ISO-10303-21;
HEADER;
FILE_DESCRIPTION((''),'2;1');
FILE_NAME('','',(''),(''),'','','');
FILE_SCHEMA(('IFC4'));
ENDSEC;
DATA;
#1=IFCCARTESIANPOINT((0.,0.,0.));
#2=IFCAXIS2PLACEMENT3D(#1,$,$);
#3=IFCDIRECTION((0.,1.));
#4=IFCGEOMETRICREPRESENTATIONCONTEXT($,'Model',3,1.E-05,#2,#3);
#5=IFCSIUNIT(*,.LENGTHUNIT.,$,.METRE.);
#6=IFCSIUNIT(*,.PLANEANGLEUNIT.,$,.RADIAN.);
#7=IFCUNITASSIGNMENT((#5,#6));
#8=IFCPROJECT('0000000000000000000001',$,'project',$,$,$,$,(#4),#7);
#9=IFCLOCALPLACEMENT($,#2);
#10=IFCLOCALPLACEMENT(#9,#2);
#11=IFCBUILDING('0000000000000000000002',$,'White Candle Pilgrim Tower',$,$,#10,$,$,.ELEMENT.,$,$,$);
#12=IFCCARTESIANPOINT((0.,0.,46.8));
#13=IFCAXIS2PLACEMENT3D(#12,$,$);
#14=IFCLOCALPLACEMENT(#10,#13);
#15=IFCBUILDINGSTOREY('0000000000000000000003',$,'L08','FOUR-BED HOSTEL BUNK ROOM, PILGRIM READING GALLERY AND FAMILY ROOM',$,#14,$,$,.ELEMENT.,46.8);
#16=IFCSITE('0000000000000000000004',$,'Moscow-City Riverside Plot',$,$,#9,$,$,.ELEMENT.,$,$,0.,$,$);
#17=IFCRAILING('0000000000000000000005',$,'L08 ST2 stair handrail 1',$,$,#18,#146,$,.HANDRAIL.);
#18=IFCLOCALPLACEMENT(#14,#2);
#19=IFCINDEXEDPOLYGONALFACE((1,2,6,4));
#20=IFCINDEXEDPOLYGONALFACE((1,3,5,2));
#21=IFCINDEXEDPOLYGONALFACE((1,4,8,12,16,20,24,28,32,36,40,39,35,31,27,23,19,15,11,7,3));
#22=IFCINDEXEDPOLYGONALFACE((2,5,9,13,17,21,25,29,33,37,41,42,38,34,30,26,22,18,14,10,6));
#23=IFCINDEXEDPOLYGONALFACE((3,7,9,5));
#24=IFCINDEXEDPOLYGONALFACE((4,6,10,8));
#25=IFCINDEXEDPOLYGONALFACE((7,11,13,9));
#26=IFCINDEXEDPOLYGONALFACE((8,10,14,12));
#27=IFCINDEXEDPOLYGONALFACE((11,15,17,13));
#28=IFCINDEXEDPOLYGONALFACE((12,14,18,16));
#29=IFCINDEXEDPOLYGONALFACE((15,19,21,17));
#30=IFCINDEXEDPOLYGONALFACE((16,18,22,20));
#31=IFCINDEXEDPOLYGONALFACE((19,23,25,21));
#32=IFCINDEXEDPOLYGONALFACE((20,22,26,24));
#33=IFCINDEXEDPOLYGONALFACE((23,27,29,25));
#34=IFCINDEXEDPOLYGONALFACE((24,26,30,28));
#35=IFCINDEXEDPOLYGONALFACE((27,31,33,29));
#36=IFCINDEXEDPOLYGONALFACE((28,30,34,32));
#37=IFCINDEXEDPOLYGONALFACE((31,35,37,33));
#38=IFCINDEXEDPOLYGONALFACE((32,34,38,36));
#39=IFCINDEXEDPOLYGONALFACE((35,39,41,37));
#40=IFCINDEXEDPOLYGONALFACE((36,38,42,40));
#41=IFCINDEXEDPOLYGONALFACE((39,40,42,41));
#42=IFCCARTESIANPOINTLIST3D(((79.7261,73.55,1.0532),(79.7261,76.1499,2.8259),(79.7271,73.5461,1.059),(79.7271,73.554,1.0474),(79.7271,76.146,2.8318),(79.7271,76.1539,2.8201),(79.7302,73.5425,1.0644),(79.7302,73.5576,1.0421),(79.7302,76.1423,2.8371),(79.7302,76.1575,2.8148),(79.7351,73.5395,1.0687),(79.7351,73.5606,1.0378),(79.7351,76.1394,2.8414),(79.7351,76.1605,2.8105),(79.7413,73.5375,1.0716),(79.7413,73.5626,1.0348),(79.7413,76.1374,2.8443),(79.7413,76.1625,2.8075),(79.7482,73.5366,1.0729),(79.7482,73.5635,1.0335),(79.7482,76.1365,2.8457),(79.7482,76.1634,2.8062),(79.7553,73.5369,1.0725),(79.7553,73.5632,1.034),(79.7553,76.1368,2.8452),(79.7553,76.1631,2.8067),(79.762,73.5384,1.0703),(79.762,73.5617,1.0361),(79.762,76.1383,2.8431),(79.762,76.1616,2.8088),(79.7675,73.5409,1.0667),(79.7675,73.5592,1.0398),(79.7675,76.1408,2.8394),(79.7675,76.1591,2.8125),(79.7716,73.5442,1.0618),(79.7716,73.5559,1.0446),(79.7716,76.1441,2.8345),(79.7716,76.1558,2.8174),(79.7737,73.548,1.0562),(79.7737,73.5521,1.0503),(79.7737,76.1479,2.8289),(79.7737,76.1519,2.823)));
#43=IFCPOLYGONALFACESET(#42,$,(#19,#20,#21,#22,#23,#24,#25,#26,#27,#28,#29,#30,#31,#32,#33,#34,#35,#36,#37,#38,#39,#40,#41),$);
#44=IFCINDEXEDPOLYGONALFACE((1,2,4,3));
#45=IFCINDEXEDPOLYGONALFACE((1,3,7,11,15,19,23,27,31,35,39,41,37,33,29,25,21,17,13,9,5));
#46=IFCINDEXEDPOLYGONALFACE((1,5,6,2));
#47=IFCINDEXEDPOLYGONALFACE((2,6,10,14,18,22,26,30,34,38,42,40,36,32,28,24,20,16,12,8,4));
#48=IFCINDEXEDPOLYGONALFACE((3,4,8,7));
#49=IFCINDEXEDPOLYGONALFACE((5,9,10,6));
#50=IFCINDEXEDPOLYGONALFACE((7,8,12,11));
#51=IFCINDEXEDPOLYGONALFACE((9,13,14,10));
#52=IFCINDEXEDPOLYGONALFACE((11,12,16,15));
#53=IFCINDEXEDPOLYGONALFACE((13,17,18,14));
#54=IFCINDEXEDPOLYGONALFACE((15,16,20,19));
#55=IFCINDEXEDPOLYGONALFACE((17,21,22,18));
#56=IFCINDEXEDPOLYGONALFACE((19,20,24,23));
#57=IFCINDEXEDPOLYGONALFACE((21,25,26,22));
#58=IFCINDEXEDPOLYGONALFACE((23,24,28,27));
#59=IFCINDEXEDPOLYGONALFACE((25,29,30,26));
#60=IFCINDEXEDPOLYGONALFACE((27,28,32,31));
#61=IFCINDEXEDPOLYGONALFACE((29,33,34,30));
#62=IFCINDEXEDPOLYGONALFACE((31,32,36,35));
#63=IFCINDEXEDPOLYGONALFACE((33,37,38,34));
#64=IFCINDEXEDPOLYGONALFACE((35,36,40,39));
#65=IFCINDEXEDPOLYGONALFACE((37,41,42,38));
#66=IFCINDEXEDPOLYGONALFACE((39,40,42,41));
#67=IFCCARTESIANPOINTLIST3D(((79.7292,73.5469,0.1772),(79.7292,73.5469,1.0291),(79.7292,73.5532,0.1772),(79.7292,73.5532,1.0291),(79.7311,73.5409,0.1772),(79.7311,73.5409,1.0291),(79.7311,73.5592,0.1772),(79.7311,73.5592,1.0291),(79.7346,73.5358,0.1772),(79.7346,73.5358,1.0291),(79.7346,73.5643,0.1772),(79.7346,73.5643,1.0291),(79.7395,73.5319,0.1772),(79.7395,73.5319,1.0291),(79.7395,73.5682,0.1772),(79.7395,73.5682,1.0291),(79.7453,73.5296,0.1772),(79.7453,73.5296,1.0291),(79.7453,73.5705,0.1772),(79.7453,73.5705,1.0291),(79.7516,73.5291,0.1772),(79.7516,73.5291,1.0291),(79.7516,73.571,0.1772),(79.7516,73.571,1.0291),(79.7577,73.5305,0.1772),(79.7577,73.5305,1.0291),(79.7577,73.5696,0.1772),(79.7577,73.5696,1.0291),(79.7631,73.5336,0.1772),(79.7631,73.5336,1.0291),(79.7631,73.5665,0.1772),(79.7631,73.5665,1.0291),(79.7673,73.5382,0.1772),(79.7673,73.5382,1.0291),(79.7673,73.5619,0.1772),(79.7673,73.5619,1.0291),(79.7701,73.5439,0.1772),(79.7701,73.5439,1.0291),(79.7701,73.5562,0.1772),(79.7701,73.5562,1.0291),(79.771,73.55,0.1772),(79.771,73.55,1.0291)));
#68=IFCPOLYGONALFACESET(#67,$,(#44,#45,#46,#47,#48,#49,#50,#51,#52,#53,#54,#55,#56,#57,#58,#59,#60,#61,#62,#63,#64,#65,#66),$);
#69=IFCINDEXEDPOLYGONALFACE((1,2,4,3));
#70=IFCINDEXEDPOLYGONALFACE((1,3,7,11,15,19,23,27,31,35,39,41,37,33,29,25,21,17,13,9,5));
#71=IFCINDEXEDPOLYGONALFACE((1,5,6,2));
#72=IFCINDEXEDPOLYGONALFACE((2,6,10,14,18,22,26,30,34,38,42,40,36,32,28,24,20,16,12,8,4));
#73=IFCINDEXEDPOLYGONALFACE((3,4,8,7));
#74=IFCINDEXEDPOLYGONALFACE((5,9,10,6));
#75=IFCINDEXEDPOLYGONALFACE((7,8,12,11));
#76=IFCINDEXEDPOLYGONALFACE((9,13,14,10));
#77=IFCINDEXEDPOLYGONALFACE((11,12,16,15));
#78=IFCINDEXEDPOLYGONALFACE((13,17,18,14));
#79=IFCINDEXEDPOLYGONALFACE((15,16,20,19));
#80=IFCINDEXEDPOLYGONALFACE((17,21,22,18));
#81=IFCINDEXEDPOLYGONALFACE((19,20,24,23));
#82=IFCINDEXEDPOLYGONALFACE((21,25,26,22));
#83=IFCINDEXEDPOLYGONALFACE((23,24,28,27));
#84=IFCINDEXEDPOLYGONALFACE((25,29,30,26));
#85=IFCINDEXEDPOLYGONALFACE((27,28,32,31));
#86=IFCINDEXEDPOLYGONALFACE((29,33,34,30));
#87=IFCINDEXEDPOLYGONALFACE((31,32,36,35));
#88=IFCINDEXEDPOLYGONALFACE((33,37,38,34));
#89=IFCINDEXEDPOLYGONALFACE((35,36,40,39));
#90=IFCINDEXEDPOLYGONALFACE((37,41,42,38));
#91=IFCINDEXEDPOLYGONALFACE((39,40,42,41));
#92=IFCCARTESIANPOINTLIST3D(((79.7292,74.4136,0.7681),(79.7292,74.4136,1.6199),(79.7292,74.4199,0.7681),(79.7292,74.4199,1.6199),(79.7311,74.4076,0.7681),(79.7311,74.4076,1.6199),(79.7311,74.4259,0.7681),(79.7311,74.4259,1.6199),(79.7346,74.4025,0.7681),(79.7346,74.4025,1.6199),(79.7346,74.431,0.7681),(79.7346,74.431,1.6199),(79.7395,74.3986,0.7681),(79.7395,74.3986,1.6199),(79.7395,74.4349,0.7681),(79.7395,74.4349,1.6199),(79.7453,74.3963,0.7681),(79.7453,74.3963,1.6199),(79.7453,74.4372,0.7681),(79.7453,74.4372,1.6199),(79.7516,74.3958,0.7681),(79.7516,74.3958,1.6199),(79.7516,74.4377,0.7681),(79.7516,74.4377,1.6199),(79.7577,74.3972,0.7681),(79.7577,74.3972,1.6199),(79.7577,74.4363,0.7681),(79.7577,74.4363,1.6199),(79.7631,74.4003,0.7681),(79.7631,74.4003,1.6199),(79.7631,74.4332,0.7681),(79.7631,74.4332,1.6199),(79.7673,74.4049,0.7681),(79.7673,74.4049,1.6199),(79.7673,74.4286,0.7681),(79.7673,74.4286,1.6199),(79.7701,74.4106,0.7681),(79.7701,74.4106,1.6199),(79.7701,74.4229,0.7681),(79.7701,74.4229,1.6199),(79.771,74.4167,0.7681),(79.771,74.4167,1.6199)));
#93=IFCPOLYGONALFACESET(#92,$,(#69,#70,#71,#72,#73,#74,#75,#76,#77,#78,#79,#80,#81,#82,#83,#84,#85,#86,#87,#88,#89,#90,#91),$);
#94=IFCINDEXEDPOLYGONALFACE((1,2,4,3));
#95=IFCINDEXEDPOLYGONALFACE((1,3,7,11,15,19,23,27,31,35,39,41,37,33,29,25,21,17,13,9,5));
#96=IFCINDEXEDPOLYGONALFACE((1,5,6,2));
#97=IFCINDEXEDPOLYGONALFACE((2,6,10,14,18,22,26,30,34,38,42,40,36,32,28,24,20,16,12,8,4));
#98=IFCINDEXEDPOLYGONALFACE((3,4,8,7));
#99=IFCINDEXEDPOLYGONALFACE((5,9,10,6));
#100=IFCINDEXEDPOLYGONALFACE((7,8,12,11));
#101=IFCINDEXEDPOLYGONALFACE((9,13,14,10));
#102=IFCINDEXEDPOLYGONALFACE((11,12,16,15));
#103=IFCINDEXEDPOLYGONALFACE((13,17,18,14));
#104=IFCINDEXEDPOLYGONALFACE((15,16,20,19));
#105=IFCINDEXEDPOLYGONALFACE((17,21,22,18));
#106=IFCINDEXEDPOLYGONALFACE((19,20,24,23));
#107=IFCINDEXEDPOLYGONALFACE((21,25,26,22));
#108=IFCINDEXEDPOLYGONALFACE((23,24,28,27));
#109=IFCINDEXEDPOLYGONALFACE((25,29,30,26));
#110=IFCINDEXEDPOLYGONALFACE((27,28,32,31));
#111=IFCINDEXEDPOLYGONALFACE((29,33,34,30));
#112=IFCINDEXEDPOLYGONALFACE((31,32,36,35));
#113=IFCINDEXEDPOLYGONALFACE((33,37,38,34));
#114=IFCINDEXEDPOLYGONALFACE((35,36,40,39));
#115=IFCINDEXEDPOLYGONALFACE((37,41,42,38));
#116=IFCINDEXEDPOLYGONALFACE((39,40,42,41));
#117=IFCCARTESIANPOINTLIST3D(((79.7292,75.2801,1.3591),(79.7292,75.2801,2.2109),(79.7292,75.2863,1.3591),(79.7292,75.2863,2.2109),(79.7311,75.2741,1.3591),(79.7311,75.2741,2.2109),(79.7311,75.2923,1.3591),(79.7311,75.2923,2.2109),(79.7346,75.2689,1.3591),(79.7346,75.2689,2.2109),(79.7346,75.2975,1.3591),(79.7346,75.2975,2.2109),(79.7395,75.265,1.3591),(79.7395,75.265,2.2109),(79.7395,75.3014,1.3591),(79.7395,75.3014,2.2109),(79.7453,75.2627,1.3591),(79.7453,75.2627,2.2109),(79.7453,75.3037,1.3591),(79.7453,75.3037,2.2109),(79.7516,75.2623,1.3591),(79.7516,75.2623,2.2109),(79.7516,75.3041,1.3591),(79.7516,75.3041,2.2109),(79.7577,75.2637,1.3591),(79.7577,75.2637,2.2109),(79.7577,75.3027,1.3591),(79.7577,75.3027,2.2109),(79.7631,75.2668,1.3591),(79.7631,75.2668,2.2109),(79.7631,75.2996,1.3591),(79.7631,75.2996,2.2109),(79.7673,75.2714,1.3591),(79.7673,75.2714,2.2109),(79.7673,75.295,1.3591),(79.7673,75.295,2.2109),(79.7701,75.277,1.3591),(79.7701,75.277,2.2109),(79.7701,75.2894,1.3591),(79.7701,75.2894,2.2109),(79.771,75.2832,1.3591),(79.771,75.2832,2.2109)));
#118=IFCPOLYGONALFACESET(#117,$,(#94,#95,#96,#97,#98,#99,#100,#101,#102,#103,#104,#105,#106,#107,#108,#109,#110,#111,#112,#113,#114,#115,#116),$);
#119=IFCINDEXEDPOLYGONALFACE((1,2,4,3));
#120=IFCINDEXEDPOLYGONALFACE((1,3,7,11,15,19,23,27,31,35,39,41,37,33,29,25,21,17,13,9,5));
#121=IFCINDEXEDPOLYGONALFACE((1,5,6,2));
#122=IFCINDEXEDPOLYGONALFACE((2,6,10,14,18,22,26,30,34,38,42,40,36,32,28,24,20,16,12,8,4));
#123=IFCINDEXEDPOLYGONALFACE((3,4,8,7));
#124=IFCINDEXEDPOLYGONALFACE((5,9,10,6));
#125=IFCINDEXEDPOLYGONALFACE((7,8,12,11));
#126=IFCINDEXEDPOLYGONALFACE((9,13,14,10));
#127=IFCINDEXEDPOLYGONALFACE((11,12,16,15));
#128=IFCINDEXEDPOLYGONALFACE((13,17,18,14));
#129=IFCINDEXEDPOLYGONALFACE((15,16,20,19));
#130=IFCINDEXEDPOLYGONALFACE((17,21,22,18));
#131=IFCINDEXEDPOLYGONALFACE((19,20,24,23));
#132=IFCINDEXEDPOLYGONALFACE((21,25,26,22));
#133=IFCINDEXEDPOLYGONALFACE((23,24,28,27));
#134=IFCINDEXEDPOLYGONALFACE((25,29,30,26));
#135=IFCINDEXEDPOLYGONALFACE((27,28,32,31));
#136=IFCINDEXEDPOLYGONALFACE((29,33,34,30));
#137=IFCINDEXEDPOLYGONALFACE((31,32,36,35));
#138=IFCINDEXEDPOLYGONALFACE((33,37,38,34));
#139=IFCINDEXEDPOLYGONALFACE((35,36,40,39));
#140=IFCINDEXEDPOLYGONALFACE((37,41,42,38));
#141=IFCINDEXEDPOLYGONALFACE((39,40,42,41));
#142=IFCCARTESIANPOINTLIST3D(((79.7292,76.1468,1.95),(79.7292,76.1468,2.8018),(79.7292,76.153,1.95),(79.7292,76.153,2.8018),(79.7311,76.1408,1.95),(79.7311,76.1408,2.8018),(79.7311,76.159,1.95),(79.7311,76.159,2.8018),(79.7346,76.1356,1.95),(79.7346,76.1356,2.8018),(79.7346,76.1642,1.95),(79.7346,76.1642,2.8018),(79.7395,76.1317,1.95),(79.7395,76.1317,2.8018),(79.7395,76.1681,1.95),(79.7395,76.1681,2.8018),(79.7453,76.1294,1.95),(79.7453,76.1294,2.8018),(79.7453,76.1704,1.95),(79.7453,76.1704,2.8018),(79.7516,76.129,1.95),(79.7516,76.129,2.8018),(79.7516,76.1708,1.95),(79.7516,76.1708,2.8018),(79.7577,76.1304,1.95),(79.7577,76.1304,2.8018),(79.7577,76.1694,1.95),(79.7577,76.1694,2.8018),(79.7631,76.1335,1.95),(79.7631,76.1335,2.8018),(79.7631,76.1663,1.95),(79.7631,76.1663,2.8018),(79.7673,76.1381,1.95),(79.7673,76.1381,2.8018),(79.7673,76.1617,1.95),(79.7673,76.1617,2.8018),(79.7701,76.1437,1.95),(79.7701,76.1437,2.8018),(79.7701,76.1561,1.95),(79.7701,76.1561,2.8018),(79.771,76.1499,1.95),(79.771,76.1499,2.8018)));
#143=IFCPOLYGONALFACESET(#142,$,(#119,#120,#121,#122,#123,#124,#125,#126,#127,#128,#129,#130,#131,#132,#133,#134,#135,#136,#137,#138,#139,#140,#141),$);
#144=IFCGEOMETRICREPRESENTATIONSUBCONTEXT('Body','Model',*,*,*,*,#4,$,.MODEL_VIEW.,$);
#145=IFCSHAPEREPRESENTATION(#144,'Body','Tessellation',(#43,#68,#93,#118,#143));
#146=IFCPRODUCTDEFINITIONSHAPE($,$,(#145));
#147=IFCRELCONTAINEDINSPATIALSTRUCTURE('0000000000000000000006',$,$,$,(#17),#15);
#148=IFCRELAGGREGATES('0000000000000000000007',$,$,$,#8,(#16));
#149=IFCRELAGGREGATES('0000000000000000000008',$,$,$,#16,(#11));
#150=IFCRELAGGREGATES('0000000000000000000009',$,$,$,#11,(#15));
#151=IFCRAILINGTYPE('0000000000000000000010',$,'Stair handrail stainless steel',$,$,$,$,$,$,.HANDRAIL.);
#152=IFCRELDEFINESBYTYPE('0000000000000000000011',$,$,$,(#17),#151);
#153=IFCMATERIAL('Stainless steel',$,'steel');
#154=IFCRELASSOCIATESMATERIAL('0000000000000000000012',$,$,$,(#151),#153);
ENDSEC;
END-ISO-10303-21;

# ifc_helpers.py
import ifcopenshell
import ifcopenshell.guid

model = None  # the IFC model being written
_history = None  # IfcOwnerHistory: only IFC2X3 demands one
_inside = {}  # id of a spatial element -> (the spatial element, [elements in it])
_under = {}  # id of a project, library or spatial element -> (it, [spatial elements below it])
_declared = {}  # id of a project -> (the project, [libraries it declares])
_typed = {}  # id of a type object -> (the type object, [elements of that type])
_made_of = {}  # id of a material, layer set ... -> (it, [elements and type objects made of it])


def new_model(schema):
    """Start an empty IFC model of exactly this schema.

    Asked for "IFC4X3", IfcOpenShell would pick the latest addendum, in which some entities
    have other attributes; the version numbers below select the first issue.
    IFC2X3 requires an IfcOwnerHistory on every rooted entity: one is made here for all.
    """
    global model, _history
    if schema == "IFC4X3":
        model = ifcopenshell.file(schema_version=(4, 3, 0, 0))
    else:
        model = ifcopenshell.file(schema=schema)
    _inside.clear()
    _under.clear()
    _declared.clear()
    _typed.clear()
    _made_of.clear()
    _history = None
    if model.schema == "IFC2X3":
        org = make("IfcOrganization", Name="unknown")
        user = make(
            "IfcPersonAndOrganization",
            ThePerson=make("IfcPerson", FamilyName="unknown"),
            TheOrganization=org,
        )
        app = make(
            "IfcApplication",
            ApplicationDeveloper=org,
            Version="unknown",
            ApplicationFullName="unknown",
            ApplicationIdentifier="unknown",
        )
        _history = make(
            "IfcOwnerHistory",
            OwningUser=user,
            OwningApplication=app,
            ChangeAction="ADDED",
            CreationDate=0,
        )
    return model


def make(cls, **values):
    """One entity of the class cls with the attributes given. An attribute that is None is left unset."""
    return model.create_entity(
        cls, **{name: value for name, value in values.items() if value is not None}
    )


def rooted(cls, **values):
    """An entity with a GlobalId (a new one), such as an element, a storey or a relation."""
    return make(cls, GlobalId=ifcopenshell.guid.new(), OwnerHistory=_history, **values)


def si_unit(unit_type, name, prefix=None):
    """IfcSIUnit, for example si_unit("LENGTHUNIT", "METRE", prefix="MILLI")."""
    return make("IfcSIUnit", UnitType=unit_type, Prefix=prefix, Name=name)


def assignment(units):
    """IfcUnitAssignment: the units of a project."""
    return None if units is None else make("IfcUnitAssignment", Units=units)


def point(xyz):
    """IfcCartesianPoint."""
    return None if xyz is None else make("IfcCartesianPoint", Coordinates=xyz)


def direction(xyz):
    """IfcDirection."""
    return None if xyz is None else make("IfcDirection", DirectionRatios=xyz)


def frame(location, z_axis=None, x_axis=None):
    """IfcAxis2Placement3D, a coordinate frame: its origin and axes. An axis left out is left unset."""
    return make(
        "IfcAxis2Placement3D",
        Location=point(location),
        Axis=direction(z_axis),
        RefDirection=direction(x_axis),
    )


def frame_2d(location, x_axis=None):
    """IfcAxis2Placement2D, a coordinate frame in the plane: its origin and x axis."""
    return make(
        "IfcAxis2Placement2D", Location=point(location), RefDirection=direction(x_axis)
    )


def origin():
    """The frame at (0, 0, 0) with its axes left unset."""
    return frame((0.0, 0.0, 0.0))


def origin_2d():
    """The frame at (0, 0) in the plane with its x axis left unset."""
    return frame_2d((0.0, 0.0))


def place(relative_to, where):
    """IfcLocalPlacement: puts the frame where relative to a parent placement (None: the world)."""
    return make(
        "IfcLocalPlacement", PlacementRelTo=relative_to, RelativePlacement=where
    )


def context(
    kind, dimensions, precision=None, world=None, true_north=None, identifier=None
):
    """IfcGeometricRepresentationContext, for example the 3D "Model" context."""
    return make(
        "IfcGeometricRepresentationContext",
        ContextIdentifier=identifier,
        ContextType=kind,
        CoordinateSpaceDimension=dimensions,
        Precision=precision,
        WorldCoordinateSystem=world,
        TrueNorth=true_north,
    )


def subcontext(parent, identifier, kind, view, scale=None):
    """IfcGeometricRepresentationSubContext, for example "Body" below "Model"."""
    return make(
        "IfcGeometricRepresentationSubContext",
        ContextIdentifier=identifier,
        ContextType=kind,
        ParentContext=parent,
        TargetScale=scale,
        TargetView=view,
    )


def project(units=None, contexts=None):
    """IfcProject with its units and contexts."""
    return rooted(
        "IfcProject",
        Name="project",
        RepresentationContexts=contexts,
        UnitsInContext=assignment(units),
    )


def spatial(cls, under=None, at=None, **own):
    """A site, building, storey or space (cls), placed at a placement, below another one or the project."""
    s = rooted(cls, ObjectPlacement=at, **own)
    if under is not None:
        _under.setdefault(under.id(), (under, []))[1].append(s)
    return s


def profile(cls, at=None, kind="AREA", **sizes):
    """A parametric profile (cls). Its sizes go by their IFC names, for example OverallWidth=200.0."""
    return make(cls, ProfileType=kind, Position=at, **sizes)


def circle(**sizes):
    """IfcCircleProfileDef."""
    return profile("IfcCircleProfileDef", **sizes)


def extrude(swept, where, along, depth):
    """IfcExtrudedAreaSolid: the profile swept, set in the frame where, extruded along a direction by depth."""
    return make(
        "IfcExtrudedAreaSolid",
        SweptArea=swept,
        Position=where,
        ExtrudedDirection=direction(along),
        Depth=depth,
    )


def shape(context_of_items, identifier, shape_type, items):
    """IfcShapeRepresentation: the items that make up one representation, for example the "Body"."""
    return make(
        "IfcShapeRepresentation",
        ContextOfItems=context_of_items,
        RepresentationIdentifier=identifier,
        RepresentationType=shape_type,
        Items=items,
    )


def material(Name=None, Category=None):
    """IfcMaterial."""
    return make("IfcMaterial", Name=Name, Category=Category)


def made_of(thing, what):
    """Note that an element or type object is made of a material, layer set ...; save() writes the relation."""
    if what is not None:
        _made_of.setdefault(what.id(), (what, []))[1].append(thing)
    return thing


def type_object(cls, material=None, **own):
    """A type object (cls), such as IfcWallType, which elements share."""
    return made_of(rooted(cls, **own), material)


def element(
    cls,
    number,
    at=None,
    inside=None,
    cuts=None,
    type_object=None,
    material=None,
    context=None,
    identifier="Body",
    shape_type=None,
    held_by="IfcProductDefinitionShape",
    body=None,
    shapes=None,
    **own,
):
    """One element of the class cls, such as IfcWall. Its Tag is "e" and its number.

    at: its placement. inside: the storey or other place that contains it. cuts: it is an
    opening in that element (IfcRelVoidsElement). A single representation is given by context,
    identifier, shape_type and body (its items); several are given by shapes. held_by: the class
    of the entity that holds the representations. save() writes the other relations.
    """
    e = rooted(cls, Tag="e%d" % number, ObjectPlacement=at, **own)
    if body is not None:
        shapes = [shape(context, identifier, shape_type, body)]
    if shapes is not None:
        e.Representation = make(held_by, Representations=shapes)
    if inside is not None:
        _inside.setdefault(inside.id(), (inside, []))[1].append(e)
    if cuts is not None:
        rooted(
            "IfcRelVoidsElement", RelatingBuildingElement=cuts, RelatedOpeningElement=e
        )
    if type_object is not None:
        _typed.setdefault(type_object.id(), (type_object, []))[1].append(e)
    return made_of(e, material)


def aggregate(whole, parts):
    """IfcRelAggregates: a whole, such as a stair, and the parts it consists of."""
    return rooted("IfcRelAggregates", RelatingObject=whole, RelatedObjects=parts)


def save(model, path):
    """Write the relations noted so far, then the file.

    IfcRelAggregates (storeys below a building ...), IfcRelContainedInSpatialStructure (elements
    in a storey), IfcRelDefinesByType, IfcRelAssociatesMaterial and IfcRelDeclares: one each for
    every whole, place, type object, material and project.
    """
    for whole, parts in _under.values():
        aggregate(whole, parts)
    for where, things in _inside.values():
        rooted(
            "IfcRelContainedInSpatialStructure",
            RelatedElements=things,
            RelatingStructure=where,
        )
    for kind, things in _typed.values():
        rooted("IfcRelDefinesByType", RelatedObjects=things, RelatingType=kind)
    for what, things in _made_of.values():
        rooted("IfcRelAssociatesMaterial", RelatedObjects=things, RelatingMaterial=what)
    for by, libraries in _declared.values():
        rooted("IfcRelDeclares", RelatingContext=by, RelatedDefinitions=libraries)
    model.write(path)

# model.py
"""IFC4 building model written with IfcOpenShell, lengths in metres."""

from ifc_helpers import new_model, si_unit, direction, frame, origin, origin_2d, place, context, subcontext, project, spatial, circle, extrude, material, type_object, element, save


model = new_model("IFC4")

# Units and contexts
model_context = context("Model", 3, precision=1e-05, world=origin(), true_north=direction((0.0, 1.0)))
body_context = subcontext(model_context, "Body", "Model", "MODEL_VIEW")
ifc_project = project(units=[si_unit("LENGTHUNIT", "METRE"), si_unit("PLANEANGLEUNIT", "RADIAN")], contexts=[model_context])

# Site, building, storey
site_placement = place(None, origin())
site = spatial("IfcSite", under=ifc_project, at=site_placement, Name="Moscow-City Riverside Plot", CompositionType="ELEMENT", RefElevation=0.0)
building_placement = place(site_placement, origin())
building = spatial("IfcBuilding", under=site, at=building_placement, Name="White Candle Pilgrim Tower", CompositionType="ELEMENT")
storey_placement = place(building_placement, frame((0.0, 0.0, 46.8)))
storey = spatial("IfcBuildingStorey", under=building, at=storey_placement, Name="L08", Description="FOUR-BED HOSTEL BUNK ROOM, PILGRIM READING GALLERY AND FAMILY ROOM", CompositionType="ELEMENT", Elevation=46.8)

# Railing
ifc_material_1 = material(Name="Stainless steel", Category="steel")
railing_type_1 = type_object("IfcRailingType", Name="Stair handrail stainless steel", PredefinedType="HANDRAIL", material=ifc_material_1)
railing_1_placement = place(storey_placement, frame((79.75, 73.55, 0.1772)))
element("IfcRailing", 1, at=railing_1_placement, inside=storey, type_object=railing_type_1, Name="L08 ST2 stair handrail 1", PredefinedType="HANDRAIL", context=body_context, shape_type="SweptSolid", body=[
    extrude(circle(Radius=0.0239, at=origin_2d()), frame((0.0, 0.0, 0.876), z_axis=(0.0, 0.826216, 0.563354), x_axis=(-1.0, 0.0, 0.0)), (0.0, 0.0, 1.0), 3.1467),
    extrude(circle(Radius=0.021, at=origin_2d()), origin(), (0.0, 0.0, 1.0), 0.8518),
    extrude(circle(Radius=0.021, at=origin_2d()), frame((0.0, 0.8667, 0.5908)), (0.0, 0.0, 1.0), 0.8518),
    extrude(circle(Radius=0.021, at=origin_2d()), frame((0.0, 1.7332, 1.1819)), (0.0, 0.0, 1.0), 0.8518),
    extrude(circle(Radius=0.021, at=origin_2d()), frame((0.0, 2.5999, 1.7727)), (0.0, 0.0, 1.0), 0.8518),
])

save(model, "model.ifc")
